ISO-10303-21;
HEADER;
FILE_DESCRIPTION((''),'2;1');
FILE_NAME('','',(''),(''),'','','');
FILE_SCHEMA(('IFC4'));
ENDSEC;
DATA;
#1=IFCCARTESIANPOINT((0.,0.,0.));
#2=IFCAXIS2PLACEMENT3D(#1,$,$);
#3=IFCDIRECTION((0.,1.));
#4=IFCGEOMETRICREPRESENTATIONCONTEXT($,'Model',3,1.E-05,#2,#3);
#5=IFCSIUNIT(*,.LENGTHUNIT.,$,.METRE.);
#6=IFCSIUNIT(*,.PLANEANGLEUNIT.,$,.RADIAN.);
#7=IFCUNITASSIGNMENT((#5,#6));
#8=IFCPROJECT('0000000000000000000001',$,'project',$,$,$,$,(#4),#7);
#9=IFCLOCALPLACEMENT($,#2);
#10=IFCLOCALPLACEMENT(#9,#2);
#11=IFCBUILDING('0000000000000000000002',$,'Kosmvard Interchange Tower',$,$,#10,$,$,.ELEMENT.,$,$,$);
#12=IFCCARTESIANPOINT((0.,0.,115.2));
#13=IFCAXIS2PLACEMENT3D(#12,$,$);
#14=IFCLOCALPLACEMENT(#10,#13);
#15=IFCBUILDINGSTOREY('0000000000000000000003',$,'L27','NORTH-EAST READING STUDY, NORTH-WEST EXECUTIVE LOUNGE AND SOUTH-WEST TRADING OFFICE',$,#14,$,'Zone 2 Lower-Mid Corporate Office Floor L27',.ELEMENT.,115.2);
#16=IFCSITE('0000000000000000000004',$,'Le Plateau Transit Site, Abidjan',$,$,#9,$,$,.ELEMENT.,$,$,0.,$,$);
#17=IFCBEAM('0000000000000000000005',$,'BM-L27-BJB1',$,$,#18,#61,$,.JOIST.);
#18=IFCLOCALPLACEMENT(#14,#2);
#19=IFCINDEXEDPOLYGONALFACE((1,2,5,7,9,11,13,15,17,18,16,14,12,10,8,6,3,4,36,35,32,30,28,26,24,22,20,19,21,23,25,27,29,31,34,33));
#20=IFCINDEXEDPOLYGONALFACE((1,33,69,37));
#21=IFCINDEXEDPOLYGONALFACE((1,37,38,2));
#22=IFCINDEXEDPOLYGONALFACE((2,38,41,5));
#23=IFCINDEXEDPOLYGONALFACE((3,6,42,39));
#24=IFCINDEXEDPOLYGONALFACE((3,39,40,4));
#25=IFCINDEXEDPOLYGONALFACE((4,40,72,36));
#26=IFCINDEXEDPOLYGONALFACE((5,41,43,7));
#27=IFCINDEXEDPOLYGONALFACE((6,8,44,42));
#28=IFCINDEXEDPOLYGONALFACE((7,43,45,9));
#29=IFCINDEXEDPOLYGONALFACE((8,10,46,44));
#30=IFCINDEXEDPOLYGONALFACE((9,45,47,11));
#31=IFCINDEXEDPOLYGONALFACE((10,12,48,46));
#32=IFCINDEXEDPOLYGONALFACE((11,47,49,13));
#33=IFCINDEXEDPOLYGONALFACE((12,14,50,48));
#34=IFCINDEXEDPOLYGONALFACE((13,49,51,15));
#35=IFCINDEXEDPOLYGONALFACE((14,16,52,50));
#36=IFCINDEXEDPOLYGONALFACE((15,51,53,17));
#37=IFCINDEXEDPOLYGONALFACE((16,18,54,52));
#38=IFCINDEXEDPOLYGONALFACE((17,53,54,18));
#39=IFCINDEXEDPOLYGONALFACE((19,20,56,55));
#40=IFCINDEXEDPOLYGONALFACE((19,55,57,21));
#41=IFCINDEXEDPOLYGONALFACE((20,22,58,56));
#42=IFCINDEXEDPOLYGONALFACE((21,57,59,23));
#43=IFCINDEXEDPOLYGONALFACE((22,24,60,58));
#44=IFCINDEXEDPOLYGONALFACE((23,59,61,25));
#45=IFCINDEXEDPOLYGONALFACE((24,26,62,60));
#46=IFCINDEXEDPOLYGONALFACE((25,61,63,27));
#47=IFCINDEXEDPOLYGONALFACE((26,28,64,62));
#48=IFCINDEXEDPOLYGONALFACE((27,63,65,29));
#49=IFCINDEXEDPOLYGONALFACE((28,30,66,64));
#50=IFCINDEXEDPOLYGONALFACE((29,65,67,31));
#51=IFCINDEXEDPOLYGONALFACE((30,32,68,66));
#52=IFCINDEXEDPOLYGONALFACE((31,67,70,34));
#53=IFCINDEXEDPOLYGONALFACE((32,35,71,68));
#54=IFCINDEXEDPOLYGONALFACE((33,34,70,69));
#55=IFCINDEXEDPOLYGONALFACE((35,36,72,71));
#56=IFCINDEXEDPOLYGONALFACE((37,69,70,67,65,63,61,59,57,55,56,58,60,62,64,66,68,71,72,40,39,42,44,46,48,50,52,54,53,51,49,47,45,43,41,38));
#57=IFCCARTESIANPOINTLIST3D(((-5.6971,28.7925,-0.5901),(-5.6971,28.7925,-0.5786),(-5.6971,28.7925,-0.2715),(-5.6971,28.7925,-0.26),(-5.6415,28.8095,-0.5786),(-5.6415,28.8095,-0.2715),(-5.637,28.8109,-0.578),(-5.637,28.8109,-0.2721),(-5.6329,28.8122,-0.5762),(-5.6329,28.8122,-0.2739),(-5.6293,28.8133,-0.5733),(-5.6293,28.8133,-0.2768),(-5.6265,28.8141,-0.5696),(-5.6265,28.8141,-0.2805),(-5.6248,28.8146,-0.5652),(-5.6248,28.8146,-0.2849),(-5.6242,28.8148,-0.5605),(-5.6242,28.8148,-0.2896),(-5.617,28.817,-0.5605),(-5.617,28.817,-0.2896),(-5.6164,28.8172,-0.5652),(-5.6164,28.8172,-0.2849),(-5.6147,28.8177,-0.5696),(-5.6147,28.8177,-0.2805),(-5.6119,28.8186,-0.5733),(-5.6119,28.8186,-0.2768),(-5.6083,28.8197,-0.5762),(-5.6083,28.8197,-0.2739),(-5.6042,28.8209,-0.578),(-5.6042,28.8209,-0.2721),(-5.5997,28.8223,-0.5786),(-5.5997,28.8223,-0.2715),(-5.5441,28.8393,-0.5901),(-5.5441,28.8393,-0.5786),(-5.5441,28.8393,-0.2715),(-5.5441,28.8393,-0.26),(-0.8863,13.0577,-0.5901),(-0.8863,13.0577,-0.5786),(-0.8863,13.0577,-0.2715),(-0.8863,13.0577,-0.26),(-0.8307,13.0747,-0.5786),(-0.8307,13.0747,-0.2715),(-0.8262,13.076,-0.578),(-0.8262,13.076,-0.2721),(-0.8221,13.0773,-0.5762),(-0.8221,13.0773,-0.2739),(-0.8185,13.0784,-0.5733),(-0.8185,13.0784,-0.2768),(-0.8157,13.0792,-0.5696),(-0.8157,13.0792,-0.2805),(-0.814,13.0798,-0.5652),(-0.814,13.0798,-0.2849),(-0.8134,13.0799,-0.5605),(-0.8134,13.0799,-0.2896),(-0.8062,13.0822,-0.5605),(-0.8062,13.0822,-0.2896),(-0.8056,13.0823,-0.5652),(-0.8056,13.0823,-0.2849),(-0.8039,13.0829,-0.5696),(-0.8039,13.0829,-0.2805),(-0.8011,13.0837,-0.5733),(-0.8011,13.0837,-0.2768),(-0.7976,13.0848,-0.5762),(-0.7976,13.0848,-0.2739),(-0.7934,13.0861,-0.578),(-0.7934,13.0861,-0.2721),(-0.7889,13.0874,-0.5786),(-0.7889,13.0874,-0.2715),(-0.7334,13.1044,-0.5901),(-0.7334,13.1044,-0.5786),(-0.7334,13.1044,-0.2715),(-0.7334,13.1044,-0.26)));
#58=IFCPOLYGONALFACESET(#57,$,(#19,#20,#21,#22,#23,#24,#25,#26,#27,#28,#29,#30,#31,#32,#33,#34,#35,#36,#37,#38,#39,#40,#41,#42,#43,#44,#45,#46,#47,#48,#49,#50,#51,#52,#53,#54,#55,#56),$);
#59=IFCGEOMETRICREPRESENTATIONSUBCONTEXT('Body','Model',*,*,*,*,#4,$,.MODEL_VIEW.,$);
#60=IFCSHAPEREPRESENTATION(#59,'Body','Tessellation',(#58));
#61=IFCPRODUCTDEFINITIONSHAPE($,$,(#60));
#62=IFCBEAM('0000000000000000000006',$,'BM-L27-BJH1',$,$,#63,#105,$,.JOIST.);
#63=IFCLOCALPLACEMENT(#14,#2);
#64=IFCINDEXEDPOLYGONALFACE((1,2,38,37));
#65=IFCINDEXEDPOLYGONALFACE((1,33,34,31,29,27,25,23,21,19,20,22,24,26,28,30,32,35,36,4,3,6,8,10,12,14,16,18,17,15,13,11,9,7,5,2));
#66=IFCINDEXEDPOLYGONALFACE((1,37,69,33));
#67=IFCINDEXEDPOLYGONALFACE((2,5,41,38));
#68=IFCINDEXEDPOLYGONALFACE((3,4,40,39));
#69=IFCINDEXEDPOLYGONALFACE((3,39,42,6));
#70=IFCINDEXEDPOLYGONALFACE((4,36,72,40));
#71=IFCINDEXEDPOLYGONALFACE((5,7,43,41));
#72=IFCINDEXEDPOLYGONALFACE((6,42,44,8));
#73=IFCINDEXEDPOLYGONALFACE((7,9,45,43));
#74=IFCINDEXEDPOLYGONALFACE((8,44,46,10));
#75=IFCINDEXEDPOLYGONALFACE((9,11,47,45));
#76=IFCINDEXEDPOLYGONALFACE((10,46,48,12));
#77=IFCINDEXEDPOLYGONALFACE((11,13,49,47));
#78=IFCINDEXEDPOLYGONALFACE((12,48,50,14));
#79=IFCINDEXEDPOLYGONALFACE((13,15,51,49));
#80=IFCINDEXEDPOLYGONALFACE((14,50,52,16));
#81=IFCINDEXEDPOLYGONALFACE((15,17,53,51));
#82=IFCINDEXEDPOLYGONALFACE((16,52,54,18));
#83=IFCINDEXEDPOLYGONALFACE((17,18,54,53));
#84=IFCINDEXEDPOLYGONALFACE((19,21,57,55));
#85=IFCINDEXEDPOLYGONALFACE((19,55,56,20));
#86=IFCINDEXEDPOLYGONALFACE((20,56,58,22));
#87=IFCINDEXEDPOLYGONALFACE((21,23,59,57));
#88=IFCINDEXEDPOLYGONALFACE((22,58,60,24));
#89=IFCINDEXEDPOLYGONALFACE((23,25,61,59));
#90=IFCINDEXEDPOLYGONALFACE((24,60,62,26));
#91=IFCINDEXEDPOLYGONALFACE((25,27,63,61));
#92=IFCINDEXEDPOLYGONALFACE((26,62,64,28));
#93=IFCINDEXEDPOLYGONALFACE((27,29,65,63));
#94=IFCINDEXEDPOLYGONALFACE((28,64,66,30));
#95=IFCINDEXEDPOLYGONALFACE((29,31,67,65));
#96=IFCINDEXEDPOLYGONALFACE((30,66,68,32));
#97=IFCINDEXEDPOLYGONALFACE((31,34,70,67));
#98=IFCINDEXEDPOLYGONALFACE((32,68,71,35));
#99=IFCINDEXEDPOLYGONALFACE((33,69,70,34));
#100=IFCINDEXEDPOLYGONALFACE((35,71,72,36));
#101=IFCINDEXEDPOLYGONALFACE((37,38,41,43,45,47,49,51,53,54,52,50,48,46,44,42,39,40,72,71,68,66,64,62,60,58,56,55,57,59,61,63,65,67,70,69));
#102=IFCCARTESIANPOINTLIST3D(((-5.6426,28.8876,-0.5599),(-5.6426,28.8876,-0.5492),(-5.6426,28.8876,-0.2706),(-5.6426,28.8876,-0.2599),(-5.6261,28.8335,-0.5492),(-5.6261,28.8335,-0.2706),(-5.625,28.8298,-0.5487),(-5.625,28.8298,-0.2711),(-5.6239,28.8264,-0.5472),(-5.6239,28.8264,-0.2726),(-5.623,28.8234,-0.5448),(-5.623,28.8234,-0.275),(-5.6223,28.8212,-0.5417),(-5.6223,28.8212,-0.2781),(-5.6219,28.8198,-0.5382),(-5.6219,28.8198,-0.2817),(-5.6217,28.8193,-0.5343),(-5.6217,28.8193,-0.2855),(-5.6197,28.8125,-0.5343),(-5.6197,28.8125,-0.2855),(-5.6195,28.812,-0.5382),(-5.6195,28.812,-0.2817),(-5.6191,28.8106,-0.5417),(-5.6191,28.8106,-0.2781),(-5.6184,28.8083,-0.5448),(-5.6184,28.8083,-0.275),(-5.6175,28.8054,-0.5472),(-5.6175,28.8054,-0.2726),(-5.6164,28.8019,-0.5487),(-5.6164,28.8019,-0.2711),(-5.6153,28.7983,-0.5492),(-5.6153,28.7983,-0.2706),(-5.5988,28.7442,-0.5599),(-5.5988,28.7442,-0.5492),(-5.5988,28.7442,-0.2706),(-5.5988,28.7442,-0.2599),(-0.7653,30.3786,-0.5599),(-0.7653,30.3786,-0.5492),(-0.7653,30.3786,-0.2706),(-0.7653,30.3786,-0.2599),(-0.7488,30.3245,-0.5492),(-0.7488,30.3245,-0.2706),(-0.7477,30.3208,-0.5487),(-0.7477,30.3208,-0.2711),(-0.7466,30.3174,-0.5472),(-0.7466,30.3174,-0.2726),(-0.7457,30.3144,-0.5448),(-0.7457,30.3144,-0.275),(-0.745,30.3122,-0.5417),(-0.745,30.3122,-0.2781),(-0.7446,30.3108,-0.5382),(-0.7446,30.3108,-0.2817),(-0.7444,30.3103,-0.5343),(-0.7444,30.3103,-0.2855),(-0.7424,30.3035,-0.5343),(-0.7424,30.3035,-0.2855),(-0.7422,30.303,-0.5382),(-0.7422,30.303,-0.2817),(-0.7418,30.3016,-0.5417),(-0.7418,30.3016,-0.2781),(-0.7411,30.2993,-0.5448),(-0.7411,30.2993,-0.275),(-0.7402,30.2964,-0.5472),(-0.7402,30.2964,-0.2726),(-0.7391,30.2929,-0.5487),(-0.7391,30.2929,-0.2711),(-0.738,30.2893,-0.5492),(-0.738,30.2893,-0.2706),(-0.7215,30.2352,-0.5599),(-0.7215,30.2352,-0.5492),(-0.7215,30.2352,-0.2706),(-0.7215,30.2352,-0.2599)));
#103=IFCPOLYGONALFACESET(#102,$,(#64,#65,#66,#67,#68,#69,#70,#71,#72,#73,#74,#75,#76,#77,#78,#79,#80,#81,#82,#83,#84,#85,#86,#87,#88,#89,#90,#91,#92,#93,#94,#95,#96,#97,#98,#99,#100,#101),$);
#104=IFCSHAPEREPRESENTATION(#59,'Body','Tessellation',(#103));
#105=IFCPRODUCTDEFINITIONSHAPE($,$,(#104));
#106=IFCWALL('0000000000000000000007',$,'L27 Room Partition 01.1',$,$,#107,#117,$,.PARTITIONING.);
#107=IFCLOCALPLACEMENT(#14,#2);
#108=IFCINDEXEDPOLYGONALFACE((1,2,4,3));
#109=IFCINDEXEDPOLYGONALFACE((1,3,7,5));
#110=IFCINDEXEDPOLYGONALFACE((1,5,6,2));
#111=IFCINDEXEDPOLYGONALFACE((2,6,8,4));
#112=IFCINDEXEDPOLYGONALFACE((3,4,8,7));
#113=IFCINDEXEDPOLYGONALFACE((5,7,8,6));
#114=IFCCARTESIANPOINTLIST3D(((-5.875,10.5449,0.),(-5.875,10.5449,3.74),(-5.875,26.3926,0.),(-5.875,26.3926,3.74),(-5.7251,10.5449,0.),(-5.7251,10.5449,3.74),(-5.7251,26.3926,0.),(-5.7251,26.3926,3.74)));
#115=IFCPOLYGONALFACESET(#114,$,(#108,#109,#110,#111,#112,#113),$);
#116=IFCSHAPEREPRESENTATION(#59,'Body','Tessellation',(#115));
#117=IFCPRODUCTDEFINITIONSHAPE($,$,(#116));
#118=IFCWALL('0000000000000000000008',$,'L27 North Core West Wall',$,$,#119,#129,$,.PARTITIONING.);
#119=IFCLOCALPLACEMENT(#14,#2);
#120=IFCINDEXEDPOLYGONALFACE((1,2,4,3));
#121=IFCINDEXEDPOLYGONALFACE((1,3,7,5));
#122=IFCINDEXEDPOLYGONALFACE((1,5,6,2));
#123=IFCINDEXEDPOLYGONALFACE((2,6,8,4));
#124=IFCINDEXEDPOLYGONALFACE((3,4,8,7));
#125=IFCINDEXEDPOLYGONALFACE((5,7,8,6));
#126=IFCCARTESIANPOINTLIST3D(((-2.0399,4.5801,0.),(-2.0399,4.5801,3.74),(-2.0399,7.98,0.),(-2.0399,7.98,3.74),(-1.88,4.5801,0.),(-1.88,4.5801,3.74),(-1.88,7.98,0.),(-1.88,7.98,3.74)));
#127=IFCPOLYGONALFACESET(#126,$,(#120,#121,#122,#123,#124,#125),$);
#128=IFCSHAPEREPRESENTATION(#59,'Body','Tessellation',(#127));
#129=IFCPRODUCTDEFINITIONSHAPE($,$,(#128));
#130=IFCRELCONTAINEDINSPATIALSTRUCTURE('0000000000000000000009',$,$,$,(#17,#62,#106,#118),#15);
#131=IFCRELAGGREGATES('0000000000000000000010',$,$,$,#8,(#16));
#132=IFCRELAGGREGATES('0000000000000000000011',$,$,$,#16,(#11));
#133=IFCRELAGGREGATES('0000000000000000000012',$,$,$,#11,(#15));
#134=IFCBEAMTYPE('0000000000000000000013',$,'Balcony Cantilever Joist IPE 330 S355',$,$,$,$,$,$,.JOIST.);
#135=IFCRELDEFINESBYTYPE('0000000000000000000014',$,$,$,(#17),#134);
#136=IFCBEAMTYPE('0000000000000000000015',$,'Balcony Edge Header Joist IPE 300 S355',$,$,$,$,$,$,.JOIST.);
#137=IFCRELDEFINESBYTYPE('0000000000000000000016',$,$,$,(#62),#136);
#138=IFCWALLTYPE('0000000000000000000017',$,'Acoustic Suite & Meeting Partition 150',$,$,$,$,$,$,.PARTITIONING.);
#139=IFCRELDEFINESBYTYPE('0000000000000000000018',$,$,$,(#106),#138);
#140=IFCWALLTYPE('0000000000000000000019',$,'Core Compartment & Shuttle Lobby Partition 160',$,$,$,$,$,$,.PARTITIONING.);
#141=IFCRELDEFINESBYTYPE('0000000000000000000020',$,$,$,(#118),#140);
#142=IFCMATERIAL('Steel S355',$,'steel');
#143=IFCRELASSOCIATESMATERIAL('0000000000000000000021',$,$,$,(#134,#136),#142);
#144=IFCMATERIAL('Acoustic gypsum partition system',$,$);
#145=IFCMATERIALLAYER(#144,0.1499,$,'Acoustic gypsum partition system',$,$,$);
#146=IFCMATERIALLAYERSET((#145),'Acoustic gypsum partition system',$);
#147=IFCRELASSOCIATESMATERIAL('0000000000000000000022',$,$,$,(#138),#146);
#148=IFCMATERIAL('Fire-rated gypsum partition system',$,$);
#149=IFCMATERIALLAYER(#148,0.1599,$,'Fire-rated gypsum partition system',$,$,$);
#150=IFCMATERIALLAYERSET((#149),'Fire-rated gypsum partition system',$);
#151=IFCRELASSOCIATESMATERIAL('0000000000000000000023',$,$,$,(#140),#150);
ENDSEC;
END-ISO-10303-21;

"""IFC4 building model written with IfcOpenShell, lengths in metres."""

from ifc_helpers import new_model, si_unit, direction, frame, frame_2d, origin, origin_2d, place, context, subcontext, project, spatial, rectangle, i_section, extrude, source, transform, mapped, material, layer, layer_set, material_profile, profile_set, type_object, element, save


model = new_model("IFC4")

# Units and contexts
model_context = context("Model", 3, precision=1e-05, world=origin(), true_north=direction((0.0, 1.0)))
body_context = subcontext(model_context, "Body", "Model", "MODEL_VIEW")
ifc_project = project(units=[si_unit("LENGTHUNIT", "METRE"), si_unit("PLANEANGLEUNIT", "RADIAN")], contexts=[model_context])

# Site, building, storey
site_placement = place(None, origin())
site = spatial("IfcSite", under=ifc_project, at=site_placement, Name="Le Plateau Transit Site, Abidjan", CompositionType="ELEMENT", RefElevation=0.0)
building_placement = place(site_placement, origin())
building = spatial("IfcBuilding", under=site, at=building_placement, Name="Kosmvard Interchange Tower", CompositionType="ELEMENT")
storey_placement = place(building_placement, frame((0.0, 0.0, 115.2)))
storey = spatial("IfcBuildingStorey", under=building, at=storey_placement, Name="L27", Description="NORTH-EAST READING STUDY, NORTH-WEST EXECUTIVE LOUNGE AND SOUTH-WEST TRADING OFFICE", LongName="Zone 2 Lower-Mid Corporate Office Floor L27", CompositionType="ELEMENT", Elevation=115.2)

# Beams
ifc_material_1 = material(Name="Steel S355", Category="steel")
ifc_material_profile_1 = material_profile(ifc_material_1, i_section(OverallWidth=0.1599, OverallDepth=0.3301, WebThickness=0.0076, FlangeThickness=0.0115, FilletRadius=0.0181, at=origin_2d()), Name="IPE 330")
ifc_profile_set_1 = profile_set([ifc_material_profile_1], Name="Steel S355")
beam_type_1 = type_object("IfcBeamType", Name="Balcony Cantilever Joist IPE 330 S355", PredefinedType="JOIST", material=ifc_profile_set_1)
shared_shape_1 = source(origin(), body_context, "Body", "SweptSolid", [
    extrude(i_section(OverallWidth=0.1599, OverallDepth=0.3301, WebThickness=0.0076, FlangeThickness=0.0115, FilletRadius=0.0181, at=origin_2d()), origin(), (0.0, 0.0, 1.0), 16.4539),
])
beam_1_placement = place(storey_placement, frame((-0.8098, 13.0811, -0.425), z_axis=(-0.292381, 0.956302, 0.0), x_axis=(-0.956302, -0.292381, 0.0)))
element("IfcBeam", 1, at=beam_1_placement, inside=storey, type_object=beam_type_1, Name="BM-L27-BJB1", PredefinedType="JOIST", context=body_context, shape_type="MappedRepresentation", body=[
    mapped(shared_shape_1, transform((0.0, 0.0, 0.0), scale=1.0)),
])
ifc_material_profile_2 = material_profile(ifc_material_1, i_section(OverallWidth=0.1499, OverallDepth=0.3, WebThickness=0.0071, FlangeThickness=0.0107, FilletRadius=0.0149, at=origin_2d()), Name="IPE 300")
ifc_profile_set_2 = profile_set([ifc_material_profile_2], Name="Steel S355")
beam_type_2 = type_object("IfcBeamType", Name="Balcony Edge Header Joist IPE 300 S355", PredefinedType="JOIST", material=ifc_profile_set_2)
shared_shape_2 = source(origin(), body_context, "Body", "SweptSolid", [
    extrude(i_section(OverallWidth=0.1499, OverallDepth=0.3, WebThickness=0.0071, FlangeThickness=0.0107, FilletRadius=0.0149, at=origin_2d()), origin(), (0.0, 0.0, 1.0), 5.1001),
])
beam_2_placement = place(storey_placement, frame((-0.7434, 30.3069, -0.4099), z_axis=(-0.956313, -0.292346, 0.0), x_axis=(0.292346, -0.956313, 0.0)))
element("IfcBeam", 2, at=beam_2_placement, inside=storey, type_object=beam_type_2, Name="BM-L27-BJH1", PredefinedType="JOIST", context=body_context, shape_type="MappedRepresentation", body=[
    mapped(shared_shape_2, transform((0.0, 0.0, 0.0), scale=1.0)),
])

# Walls
ifc_material_2 = material(Name="Acoustic gypsum partition system")
ifc_layer_1 = layer(ifc_material_2, 0.1499, Name="Acoustic gypsum partition system")
ifc_layer_set_1 = layer_set([ifc_layer_1], Name="Acoustic gypsum partition system")
wall_type_1 = type_object("IfcWallType", Name="Acoustic Suite & Meeting Partition 150", PredefinedType="PARTITIONING", material=ifc_layer_set_1)
wall_1_placement = place(storey_placement, frame((-5.8, 10.5449, 0.0), z_axis=(0.0, 0.0, 1.0), x_axis=(0.0, 1.0, 0.0)))
element("IfcWall", 3, at=wall_1_placement, inside=storey, type_object=wall_type_1, Name="L27 Room Partition 01.1", PredefinedType="PARTITIONING", context=body_context, shape_type="SweptSolid", body=[
    extrude(rectangle(XDim=15.8477, YDim=0.1499, at=frame_2d((7.9238, 0.0))), origin(), (0.0, 0.0, 1.0), 3.74),
])
ifc_material_3 = material(Name="Fire-rated gypsum partition system")
ifc_layer_2 = layer(ifc_material_3, 0.1599, Name="Fire-rated gypsum partition system")
ifc_layer_set_2 = layer_set([ifc_layer_2], Name="Fire-rated gypsum partition system")
wall_type_2 = type_object("IfcWallType", Name="Core Compartment & Shuttle Lobby Partition 160", PredefinedType="PARTITIONING", material=ifc_layer_set_2)
wall_2_placement = place(storey_placement, frame((-1.96, 4.5801, 0.0), z_axis=(0.0, 0.0, 1.0), x_axis=(0.0, 1.0, 0.0)))
element("IfcWall", 4, at=wall_2_placement, inside=storey, type_object=wall_type_2, Name="L27 North Core West Wall", PredefinedType="PARTITIONING", context=body_context, shape_type="SweptSolid", body=[
    extrude(rectangle(XDim=3.3999, YDim=0.1599, at=frame_2d((1.7, 0.0))), origin(), (0.0, 0.0, 1.0), 3.74),
])

save(model, "model.ifc")
